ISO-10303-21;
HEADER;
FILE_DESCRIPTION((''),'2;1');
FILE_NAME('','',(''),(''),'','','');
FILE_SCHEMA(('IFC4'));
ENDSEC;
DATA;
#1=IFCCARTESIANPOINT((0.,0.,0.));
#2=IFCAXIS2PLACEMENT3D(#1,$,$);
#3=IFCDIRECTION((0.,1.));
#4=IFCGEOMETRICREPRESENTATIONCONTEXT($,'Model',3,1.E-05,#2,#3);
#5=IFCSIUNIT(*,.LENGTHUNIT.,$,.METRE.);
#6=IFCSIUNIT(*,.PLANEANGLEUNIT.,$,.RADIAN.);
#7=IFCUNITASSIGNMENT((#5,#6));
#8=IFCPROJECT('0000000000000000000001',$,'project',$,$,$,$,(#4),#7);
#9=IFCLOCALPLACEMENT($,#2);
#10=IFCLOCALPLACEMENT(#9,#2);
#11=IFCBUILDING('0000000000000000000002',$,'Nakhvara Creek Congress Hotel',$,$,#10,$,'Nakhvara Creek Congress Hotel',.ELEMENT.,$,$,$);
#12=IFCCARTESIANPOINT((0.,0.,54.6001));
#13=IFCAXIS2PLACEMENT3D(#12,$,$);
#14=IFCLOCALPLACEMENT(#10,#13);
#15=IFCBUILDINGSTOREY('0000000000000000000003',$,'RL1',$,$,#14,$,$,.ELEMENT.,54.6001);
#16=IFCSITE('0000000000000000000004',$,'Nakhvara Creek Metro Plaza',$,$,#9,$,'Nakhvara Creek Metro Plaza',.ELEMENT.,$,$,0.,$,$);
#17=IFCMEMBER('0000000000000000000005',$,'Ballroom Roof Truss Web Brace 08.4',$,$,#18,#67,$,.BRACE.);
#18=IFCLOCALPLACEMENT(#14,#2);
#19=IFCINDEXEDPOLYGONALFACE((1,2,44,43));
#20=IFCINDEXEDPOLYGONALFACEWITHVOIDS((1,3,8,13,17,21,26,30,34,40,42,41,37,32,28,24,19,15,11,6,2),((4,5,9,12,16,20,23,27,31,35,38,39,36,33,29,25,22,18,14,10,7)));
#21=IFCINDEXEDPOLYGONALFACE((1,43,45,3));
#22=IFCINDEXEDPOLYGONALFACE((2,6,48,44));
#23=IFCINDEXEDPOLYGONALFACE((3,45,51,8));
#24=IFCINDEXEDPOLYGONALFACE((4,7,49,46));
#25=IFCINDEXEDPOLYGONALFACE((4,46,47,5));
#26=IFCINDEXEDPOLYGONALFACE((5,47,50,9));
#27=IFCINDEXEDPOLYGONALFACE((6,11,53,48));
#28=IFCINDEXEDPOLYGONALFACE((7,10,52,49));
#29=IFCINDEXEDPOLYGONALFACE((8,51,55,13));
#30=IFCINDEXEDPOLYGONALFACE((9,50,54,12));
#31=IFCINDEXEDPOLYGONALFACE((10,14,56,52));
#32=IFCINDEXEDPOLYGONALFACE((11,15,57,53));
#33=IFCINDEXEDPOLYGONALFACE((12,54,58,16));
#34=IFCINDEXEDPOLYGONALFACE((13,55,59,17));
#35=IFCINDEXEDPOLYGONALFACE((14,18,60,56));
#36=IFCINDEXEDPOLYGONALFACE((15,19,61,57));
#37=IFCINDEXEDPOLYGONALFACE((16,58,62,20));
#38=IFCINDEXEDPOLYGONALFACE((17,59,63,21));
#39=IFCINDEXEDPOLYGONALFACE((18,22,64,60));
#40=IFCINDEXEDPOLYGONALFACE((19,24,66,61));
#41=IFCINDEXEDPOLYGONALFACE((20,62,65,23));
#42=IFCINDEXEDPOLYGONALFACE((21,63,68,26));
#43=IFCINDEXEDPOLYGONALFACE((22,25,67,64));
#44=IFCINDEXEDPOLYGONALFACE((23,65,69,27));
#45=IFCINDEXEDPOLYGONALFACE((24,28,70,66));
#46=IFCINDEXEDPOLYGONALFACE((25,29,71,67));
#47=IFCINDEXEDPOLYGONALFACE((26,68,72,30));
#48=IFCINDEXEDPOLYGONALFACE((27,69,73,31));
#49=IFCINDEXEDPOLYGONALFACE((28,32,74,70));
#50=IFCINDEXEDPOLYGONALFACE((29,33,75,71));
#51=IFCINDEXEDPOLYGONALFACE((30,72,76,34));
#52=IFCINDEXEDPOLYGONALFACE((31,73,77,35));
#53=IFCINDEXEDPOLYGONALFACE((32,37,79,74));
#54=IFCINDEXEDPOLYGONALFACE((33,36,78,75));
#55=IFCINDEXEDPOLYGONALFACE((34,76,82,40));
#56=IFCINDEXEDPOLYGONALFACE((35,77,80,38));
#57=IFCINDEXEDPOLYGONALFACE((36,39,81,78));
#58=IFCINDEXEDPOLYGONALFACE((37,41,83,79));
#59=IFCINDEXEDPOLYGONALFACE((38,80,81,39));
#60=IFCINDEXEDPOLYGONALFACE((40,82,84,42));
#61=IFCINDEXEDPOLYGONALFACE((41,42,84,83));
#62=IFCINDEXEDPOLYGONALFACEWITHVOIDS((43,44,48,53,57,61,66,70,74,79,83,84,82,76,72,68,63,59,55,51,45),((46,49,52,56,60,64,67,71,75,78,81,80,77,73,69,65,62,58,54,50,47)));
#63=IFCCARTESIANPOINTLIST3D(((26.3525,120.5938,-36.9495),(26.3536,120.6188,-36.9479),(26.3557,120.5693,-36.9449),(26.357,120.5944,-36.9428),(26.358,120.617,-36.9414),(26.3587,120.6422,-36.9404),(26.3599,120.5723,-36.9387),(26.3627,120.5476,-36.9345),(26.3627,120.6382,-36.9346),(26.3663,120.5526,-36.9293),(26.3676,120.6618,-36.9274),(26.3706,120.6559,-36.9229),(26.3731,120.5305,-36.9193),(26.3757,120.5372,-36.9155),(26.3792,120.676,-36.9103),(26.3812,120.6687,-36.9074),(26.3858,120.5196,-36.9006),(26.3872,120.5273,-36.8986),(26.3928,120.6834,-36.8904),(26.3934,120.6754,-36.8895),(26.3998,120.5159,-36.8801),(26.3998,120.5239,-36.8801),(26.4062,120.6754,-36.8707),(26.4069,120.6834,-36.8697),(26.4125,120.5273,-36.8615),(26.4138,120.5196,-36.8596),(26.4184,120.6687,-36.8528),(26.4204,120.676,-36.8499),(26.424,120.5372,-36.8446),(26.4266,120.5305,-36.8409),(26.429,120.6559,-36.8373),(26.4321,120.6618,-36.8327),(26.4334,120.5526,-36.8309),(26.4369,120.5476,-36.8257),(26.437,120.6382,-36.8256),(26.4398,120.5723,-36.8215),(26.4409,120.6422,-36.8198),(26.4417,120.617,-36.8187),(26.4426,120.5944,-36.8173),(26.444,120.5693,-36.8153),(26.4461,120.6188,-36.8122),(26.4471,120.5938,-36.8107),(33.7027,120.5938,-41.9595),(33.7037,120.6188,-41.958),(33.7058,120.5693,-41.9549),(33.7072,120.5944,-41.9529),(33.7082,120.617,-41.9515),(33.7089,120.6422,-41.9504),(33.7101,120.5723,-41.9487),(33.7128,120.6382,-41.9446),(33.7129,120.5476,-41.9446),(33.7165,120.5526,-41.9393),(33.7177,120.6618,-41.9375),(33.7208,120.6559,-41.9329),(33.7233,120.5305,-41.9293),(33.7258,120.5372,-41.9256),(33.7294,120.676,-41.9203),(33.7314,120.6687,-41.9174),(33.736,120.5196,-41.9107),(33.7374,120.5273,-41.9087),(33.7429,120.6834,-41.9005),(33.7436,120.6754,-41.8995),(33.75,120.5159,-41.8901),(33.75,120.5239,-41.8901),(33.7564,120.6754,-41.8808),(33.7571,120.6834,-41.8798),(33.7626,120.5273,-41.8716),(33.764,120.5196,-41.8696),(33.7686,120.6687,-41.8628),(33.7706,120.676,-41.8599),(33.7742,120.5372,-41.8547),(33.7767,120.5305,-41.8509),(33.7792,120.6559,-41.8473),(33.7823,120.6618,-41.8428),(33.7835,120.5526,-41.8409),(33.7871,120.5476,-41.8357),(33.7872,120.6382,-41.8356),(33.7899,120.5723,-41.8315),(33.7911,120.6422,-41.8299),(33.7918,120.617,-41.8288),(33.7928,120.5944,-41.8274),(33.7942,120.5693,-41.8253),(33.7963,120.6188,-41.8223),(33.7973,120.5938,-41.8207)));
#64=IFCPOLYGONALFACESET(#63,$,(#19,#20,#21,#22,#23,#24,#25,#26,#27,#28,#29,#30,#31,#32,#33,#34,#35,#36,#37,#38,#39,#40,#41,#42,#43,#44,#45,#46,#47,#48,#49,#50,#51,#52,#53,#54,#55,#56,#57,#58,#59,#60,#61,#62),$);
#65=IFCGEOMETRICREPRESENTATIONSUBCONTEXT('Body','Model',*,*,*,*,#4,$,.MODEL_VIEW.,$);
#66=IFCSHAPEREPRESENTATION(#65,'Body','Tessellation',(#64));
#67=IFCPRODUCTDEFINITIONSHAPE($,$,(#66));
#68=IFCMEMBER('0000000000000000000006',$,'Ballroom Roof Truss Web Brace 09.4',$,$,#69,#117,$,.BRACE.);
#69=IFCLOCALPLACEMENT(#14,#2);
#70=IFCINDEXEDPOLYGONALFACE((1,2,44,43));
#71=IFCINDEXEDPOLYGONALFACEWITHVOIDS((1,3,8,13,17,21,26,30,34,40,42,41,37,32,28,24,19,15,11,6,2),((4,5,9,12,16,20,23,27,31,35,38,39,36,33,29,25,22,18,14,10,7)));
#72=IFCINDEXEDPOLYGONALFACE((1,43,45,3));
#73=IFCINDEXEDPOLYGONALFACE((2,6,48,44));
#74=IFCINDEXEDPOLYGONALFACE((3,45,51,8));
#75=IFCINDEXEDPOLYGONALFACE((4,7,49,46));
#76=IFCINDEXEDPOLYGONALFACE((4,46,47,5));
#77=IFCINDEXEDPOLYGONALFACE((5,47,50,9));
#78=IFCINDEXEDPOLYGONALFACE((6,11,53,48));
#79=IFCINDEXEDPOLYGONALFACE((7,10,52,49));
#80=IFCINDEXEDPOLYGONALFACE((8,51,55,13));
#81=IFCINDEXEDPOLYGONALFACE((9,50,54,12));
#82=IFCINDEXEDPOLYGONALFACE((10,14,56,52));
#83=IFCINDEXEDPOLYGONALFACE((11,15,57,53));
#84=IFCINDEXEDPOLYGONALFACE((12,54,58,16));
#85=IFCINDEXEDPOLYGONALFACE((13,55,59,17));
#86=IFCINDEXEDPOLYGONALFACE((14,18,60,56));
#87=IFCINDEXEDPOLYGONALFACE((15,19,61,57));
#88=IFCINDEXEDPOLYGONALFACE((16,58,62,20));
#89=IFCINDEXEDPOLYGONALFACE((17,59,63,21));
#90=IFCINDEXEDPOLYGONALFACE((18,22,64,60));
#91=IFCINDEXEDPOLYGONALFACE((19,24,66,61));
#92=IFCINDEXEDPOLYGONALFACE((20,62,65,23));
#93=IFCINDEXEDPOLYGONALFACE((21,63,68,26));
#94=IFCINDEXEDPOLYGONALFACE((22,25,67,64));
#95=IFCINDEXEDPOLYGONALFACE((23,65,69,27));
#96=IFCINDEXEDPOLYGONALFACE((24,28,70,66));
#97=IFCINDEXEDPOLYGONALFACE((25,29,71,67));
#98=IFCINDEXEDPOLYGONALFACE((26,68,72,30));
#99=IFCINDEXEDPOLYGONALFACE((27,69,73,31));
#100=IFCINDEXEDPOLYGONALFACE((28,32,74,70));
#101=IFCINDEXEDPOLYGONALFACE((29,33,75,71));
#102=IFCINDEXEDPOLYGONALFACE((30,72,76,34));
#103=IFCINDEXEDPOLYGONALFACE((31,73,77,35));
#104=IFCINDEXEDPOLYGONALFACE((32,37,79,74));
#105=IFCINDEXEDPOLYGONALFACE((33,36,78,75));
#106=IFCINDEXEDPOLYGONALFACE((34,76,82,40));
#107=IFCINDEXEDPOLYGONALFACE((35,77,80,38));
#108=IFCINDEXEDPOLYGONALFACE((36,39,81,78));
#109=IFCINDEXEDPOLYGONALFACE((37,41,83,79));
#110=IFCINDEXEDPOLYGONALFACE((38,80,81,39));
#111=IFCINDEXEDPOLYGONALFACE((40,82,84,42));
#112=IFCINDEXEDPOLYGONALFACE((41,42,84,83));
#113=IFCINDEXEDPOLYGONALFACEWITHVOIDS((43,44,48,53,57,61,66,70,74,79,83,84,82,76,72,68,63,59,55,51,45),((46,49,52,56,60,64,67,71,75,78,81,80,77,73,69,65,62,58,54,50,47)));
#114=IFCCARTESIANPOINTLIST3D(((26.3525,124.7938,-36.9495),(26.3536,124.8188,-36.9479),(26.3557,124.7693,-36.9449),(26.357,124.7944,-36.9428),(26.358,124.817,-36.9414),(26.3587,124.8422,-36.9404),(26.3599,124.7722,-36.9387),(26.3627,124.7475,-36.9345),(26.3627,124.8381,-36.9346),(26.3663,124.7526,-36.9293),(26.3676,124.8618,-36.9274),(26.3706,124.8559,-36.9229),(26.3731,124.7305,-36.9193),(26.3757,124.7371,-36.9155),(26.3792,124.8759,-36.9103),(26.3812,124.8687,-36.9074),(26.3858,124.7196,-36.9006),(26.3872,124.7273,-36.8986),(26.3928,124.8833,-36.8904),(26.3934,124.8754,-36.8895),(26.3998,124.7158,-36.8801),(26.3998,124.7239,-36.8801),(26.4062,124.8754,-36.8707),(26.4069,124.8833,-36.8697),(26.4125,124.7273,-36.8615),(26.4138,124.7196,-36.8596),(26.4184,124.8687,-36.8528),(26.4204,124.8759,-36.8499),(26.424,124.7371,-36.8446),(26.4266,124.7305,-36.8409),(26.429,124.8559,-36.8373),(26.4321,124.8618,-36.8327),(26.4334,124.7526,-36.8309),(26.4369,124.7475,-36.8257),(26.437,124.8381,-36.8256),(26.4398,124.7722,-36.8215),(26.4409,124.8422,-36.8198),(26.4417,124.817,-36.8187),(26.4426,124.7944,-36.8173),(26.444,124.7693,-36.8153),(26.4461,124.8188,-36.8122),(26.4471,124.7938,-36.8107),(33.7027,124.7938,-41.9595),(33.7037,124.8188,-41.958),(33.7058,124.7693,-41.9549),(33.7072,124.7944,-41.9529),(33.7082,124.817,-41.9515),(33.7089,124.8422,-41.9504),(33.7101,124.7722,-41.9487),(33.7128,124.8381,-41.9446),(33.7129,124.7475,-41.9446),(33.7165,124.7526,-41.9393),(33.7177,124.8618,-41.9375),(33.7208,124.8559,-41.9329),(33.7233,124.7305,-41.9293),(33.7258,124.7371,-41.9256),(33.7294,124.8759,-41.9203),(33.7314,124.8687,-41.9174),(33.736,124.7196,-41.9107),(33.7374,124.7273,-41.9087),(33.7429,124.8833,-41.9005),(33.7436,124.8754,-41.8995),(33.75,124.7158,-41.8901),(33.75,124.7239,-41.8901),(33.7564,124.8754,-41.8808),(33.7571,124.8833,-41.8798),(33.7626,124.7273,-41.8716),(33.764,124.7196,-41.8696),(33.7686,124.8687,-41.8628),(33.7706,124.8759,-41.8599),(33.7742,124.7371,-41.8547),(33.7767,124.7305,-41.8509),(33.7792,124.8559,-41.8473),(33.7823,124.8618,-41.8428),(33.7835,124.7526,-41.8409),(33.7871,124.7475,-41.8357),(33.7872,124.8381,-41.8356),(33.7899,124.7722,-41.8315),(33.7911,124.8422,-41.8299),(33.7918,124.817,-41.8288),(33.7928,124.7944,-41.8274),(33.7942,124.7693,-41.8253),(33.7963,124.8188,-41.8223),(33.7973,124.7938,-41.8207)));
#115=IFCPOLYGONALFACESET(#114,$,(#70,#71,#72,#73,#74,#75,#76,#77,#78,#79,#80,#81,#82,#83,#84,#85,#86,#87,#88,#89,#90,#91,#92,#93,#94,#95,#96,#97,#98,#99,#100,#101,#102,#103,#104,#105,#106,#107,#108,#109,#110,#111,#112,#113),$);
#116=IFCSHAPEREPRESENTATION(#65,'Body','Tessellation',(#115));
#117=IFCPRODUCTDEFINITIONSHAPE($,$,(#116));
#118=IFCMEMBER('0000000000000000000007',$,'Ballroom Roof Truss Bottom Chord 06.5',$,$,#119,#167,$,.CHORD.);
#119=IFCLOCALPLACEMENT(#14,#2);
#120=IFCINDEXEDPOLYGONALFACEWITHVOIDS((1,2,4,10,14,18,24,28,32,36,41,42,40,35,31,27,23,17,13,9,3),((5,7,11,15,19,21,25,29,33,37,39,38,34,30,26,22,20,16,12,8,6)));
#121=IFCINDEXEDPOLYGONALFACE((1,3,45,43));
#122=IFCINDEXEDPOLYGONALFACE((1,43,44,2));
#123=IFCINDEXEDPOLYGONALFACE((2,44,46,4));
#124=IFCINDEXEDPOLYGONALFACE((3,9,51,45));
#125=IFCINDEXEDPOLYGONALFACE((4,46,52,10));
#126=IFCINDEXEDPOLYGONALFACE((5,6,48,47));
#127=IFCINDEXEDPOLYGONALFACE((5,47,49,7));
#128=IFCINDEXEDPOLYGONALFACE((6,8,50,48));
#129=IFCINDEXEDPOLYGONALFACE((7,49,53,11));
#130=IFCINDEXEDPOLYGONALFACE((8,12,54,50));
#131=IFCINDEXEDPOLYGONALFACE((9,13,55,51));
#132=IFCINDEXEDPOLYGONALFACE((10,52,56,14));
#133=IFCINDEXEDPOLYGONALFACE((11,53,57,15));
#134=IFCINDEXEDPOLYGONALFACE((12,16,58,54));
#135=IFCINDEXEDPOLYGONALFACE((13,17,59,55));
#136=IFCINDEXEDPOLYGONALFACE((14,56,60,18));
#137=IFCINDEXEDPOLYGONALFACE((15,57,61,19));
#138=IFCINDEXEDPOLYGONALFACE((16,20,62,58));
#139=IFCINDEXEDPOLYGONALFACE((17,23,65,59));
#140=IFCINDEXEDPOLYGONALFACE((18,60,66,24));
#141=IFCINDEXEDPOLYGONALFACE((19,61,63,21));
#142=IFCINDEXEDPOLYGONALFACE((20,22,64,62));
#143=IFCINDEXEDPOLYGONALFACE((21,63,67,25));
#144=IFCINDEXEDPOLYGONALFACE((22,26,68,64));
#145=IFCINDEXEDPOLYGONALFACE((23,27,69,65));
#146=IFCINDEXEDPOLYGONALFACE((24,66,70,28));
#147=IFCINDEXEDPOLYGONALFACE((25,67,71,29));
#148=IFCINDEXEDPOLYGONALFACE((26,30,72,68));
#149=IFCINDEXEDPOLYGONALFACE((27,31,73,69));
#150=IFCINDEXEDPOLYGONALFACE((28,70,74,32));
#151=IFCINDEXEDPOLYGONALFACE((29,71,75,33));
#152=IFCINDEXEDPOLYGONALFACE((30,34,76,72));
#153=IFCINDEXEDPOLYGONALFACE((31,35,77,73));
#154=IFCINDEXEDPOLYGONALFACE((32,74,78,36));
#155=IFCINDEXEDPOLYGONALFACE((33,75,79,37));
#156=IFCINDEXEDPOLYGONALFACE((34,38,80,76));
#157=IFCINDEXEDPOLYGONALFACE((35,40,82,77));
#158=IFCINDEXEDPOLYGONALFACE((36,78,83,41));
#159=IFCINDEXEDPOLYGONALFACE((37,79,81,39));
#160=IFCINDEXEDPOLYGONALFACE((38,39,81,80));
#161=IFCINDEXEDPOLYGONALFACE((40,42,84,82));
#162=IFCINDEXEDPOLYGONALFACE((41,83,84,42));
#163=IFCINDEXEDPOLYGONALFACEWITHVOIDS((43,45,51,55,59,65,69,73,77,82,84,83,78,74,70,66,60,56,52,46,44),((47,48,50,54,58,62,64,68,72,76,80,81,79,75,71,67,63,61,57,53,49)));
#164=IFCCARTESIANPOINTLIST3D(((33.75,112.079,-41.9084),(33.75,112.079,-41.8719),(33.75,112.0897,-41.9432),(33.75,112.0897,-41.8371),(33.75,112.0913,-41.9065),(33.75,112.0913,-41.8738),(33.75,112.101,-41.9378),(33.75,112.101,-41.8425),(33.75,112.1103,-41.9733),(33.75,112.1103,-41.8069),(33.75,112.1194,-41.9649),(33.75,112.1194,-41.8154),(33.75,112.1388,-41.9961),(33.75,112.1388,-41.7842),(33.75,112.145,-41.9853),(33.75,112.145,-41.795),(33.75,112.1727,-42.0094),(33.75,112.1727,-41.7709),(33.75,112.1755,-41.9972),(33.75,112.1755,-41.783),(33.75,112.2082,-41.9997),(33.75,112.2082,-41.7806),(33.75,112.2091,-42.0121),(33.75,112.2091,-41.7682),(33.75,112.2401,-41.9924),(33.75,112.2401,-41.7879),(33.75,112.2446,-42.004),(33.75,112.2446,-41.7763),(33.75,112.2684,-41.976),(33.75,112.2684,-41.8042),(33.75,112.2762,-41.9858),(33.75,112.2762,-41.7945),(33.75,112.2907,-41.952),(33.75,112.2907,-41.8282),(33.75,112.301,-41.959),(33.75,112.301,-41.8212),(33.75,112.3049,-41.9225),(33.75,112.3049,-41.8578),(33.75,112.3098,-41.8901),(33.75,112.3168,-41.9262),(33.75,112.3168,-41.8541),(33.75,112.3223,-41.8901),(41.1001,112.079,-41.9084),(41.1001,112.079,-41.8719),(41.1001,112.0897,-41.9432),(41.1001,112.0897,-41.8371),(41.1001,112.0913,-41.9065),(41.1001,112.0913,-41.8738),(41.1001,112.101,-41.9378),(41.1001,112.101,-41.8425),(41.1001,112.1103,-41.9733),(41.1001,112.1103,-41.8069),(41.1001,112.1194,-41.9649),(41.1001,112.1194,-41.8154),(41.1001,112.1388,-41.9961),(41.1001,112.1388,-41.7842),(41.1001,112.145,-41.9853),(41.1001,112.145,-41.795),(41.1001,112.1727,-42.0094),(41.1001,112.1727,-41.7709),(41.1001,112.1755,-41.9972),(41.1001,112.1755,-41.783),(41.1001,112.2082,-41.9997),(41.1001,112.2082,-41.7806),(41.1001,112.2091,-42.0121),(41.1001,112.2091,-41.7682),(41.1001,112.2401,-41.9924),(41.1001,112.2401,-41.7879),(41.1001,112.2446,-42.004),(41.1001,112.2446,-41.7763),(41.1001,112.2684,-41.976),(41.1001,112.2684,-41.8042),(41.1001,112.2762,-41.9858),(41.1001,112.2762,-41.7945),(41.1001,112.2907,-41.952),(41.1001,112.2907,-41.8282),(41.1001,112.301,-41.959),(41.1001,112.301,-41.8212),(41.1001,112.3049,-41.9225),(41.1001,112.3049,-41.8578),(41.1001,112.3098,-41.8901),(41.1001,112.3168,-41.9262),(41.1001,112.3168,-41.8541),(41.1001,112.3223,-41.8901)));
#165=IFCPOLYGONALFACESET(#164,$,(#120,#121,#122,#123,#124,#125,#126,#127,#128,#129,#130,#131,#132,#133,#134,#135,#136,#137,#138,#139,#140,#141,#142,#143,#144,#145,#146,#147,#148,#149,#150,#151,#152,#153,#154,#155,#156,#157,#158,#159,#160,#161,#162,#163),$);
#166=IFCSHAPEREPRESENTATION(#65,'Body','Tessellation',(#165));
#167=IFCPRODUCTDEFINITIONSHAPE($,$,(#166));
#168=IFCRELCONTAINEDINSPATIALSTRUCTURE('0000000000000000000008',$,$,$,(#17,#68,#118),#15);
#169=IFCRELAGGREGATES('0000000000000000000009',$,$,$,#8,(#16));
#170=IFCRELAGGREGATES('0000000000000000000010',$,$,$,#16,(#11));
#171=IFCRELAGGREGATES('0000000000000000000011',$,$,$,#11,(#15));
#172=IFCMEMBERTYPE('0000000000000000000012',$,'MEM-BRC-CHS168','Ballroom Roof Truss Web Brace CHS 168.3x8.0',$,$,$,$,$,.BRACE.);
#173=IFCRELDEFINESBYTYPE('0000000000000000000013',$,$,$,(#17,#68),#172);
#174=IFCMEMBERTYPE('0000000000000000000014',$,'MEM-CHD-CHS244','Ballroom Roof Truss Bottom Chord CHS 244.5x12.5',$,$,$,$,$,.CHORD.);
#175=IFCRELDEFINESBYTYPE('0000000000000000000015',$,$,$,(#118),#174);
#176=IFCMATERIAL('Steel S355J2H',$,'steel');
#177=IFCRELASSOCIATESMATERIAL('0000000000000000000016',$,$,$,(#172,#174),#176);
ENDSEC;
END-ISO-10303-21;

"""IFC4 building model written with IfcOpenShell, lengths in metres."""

from ifc_helpers import new_model, si_unit, direction, frame, origin, origin_2d, place, context, subcontext, project, spatial, hollow_circle, extrude, material, material_profile, profile_set, type_object, element, save


model = new_model("IFC4")

# Units and contexts
model_context = context("Model", 3, precision=1e-05, world=origin(), true_north=direction((0.0, 1.0)))
body_context = subcontext(model_context, "Body", "Model", "MODEL_VIEW")
ifc_project = project(units=[si_unit("LENGTHUNIT", "METRE"), si_unit("PLANEANGLEUNIT", "RADIAN")], contexts=[model_context])

# Site, building, storey
site_placement = place(None, origin())
site = spatial("IfcSite", under=ifc_project, at=site_placement, Name="Nakhvara Creek Metro Plaza", LongName="Nakhvara Creek Metro Plaza", CompositionType="ELEMENT", RefElevation=0.0)
building_placement = place(site_placement, origin())
building = spatial("IfcBuilding", under=site, at=building_placement, Name="Nakhvara Creek Congress Hotel", LongName="Nakhvara Creek Congress Hotel", CompositionType="ELEMENT")
storey_placement = place(building_placement, frame((0.0, 0.0, 54.6001)))
storey = spatial("IfcBuildingStorey", under=building, at=storey_placement, Name="RL1", CompositionType="ELEMENT", Elevation=54.6001)

# Members
ifc_material_1 = material(Name="Steel S355J2H", Category="steel")
ifc_material_profile_1 = material_profile(ifc_material_1, hollow_circle(Radius=0.0842, WallThickness=0.0081, at=origin_2d()), Name="CHS 168.3x8.0", Category="LoadBearing")
ifc_profile_set_1 = profile_set([ifc_material_profile_1], Name="Steel S355J2H")
member_type_1 = type_object("IfcMemberType", Name="MEM-BRC-CHS168", Description="Ballroom Roof Truss Web Brace CHS 168.3x8.0", PredefinedType="BRACE", material=ifc_profile_set_1)
for number, where, z_axis, x_axis, name in (
    (1, (33.75, 120.6001, -41.8901), (-0.826302, 0.0, 0.563228), (0.0, -1.0, 0.0), "Ballroom Roof Truss Web Brace 08.4"),
    (2, (33.75, 124.8, -41.8901), (-0.826302, 0.0, 0.563228), (0.0, -1.0, 0.0), "Ballroom Roof Truss Web Brace 09.4"),
):
    element("IfcMember", number, at=place(storey_placement, frame(where, z_axis=z_axis, x_axis=x_axis)), inside=storey, type_object=member_type_1, Name=name, PredefinedType="BRACE", context=body_context, shape_type="SweptSolid", body=[
        extrude(hollow_circle(Radius=0.0842, WallThickness=0.0081, at=origin_2d()), origin(), (0.0, 0.0, 1.0), 8.8953),
    ])
ifc_material_profile_2 = material_profile(ifc_material_1, hollow_circle(Radius=0.1223, WallThickness=0.0125, at=origin_2d()), Name="CHS 244.5x12.5", Category="LoadBearing")
ifc_profile_set_2 = profile_set([ifc_material_profile_2], Name="Steel S355J2H")
member_type_2 = type_object("IfcMemberType", Name="MEM-CHD-CHS244", Description="Ballroom Roof Truss Bottom Chord CHS 244.5x12.5", PredefinedType="CHORD", material=ifc_profile_set_2)
for number, where, z_axis, x_axis, name in (
    (3, (33.75, 112.2, -41.8901), (1.0, 0.0, 0.0), (0.0, 1.0, 0.0), "Ballroom Roof Truss Bottom Chord 06.5"),
):
    element("IfcMember", number, at=place(storey_placement, frame(where, z_axis=z_axis, x_axis=x_axis)), inside=storey, type_object=member_type_2, Name=name, PredefinedType="CHORD", context=body_context, shape_type="SweptSolid", body=[
        extrude(hollow_circle(Radius=0.1223, WallThickness=0.0125, at=origin_2d()), origin(), (0.0, 0.0, 1.0), 7.3501),
    ])

save(model, "model.ifc")
